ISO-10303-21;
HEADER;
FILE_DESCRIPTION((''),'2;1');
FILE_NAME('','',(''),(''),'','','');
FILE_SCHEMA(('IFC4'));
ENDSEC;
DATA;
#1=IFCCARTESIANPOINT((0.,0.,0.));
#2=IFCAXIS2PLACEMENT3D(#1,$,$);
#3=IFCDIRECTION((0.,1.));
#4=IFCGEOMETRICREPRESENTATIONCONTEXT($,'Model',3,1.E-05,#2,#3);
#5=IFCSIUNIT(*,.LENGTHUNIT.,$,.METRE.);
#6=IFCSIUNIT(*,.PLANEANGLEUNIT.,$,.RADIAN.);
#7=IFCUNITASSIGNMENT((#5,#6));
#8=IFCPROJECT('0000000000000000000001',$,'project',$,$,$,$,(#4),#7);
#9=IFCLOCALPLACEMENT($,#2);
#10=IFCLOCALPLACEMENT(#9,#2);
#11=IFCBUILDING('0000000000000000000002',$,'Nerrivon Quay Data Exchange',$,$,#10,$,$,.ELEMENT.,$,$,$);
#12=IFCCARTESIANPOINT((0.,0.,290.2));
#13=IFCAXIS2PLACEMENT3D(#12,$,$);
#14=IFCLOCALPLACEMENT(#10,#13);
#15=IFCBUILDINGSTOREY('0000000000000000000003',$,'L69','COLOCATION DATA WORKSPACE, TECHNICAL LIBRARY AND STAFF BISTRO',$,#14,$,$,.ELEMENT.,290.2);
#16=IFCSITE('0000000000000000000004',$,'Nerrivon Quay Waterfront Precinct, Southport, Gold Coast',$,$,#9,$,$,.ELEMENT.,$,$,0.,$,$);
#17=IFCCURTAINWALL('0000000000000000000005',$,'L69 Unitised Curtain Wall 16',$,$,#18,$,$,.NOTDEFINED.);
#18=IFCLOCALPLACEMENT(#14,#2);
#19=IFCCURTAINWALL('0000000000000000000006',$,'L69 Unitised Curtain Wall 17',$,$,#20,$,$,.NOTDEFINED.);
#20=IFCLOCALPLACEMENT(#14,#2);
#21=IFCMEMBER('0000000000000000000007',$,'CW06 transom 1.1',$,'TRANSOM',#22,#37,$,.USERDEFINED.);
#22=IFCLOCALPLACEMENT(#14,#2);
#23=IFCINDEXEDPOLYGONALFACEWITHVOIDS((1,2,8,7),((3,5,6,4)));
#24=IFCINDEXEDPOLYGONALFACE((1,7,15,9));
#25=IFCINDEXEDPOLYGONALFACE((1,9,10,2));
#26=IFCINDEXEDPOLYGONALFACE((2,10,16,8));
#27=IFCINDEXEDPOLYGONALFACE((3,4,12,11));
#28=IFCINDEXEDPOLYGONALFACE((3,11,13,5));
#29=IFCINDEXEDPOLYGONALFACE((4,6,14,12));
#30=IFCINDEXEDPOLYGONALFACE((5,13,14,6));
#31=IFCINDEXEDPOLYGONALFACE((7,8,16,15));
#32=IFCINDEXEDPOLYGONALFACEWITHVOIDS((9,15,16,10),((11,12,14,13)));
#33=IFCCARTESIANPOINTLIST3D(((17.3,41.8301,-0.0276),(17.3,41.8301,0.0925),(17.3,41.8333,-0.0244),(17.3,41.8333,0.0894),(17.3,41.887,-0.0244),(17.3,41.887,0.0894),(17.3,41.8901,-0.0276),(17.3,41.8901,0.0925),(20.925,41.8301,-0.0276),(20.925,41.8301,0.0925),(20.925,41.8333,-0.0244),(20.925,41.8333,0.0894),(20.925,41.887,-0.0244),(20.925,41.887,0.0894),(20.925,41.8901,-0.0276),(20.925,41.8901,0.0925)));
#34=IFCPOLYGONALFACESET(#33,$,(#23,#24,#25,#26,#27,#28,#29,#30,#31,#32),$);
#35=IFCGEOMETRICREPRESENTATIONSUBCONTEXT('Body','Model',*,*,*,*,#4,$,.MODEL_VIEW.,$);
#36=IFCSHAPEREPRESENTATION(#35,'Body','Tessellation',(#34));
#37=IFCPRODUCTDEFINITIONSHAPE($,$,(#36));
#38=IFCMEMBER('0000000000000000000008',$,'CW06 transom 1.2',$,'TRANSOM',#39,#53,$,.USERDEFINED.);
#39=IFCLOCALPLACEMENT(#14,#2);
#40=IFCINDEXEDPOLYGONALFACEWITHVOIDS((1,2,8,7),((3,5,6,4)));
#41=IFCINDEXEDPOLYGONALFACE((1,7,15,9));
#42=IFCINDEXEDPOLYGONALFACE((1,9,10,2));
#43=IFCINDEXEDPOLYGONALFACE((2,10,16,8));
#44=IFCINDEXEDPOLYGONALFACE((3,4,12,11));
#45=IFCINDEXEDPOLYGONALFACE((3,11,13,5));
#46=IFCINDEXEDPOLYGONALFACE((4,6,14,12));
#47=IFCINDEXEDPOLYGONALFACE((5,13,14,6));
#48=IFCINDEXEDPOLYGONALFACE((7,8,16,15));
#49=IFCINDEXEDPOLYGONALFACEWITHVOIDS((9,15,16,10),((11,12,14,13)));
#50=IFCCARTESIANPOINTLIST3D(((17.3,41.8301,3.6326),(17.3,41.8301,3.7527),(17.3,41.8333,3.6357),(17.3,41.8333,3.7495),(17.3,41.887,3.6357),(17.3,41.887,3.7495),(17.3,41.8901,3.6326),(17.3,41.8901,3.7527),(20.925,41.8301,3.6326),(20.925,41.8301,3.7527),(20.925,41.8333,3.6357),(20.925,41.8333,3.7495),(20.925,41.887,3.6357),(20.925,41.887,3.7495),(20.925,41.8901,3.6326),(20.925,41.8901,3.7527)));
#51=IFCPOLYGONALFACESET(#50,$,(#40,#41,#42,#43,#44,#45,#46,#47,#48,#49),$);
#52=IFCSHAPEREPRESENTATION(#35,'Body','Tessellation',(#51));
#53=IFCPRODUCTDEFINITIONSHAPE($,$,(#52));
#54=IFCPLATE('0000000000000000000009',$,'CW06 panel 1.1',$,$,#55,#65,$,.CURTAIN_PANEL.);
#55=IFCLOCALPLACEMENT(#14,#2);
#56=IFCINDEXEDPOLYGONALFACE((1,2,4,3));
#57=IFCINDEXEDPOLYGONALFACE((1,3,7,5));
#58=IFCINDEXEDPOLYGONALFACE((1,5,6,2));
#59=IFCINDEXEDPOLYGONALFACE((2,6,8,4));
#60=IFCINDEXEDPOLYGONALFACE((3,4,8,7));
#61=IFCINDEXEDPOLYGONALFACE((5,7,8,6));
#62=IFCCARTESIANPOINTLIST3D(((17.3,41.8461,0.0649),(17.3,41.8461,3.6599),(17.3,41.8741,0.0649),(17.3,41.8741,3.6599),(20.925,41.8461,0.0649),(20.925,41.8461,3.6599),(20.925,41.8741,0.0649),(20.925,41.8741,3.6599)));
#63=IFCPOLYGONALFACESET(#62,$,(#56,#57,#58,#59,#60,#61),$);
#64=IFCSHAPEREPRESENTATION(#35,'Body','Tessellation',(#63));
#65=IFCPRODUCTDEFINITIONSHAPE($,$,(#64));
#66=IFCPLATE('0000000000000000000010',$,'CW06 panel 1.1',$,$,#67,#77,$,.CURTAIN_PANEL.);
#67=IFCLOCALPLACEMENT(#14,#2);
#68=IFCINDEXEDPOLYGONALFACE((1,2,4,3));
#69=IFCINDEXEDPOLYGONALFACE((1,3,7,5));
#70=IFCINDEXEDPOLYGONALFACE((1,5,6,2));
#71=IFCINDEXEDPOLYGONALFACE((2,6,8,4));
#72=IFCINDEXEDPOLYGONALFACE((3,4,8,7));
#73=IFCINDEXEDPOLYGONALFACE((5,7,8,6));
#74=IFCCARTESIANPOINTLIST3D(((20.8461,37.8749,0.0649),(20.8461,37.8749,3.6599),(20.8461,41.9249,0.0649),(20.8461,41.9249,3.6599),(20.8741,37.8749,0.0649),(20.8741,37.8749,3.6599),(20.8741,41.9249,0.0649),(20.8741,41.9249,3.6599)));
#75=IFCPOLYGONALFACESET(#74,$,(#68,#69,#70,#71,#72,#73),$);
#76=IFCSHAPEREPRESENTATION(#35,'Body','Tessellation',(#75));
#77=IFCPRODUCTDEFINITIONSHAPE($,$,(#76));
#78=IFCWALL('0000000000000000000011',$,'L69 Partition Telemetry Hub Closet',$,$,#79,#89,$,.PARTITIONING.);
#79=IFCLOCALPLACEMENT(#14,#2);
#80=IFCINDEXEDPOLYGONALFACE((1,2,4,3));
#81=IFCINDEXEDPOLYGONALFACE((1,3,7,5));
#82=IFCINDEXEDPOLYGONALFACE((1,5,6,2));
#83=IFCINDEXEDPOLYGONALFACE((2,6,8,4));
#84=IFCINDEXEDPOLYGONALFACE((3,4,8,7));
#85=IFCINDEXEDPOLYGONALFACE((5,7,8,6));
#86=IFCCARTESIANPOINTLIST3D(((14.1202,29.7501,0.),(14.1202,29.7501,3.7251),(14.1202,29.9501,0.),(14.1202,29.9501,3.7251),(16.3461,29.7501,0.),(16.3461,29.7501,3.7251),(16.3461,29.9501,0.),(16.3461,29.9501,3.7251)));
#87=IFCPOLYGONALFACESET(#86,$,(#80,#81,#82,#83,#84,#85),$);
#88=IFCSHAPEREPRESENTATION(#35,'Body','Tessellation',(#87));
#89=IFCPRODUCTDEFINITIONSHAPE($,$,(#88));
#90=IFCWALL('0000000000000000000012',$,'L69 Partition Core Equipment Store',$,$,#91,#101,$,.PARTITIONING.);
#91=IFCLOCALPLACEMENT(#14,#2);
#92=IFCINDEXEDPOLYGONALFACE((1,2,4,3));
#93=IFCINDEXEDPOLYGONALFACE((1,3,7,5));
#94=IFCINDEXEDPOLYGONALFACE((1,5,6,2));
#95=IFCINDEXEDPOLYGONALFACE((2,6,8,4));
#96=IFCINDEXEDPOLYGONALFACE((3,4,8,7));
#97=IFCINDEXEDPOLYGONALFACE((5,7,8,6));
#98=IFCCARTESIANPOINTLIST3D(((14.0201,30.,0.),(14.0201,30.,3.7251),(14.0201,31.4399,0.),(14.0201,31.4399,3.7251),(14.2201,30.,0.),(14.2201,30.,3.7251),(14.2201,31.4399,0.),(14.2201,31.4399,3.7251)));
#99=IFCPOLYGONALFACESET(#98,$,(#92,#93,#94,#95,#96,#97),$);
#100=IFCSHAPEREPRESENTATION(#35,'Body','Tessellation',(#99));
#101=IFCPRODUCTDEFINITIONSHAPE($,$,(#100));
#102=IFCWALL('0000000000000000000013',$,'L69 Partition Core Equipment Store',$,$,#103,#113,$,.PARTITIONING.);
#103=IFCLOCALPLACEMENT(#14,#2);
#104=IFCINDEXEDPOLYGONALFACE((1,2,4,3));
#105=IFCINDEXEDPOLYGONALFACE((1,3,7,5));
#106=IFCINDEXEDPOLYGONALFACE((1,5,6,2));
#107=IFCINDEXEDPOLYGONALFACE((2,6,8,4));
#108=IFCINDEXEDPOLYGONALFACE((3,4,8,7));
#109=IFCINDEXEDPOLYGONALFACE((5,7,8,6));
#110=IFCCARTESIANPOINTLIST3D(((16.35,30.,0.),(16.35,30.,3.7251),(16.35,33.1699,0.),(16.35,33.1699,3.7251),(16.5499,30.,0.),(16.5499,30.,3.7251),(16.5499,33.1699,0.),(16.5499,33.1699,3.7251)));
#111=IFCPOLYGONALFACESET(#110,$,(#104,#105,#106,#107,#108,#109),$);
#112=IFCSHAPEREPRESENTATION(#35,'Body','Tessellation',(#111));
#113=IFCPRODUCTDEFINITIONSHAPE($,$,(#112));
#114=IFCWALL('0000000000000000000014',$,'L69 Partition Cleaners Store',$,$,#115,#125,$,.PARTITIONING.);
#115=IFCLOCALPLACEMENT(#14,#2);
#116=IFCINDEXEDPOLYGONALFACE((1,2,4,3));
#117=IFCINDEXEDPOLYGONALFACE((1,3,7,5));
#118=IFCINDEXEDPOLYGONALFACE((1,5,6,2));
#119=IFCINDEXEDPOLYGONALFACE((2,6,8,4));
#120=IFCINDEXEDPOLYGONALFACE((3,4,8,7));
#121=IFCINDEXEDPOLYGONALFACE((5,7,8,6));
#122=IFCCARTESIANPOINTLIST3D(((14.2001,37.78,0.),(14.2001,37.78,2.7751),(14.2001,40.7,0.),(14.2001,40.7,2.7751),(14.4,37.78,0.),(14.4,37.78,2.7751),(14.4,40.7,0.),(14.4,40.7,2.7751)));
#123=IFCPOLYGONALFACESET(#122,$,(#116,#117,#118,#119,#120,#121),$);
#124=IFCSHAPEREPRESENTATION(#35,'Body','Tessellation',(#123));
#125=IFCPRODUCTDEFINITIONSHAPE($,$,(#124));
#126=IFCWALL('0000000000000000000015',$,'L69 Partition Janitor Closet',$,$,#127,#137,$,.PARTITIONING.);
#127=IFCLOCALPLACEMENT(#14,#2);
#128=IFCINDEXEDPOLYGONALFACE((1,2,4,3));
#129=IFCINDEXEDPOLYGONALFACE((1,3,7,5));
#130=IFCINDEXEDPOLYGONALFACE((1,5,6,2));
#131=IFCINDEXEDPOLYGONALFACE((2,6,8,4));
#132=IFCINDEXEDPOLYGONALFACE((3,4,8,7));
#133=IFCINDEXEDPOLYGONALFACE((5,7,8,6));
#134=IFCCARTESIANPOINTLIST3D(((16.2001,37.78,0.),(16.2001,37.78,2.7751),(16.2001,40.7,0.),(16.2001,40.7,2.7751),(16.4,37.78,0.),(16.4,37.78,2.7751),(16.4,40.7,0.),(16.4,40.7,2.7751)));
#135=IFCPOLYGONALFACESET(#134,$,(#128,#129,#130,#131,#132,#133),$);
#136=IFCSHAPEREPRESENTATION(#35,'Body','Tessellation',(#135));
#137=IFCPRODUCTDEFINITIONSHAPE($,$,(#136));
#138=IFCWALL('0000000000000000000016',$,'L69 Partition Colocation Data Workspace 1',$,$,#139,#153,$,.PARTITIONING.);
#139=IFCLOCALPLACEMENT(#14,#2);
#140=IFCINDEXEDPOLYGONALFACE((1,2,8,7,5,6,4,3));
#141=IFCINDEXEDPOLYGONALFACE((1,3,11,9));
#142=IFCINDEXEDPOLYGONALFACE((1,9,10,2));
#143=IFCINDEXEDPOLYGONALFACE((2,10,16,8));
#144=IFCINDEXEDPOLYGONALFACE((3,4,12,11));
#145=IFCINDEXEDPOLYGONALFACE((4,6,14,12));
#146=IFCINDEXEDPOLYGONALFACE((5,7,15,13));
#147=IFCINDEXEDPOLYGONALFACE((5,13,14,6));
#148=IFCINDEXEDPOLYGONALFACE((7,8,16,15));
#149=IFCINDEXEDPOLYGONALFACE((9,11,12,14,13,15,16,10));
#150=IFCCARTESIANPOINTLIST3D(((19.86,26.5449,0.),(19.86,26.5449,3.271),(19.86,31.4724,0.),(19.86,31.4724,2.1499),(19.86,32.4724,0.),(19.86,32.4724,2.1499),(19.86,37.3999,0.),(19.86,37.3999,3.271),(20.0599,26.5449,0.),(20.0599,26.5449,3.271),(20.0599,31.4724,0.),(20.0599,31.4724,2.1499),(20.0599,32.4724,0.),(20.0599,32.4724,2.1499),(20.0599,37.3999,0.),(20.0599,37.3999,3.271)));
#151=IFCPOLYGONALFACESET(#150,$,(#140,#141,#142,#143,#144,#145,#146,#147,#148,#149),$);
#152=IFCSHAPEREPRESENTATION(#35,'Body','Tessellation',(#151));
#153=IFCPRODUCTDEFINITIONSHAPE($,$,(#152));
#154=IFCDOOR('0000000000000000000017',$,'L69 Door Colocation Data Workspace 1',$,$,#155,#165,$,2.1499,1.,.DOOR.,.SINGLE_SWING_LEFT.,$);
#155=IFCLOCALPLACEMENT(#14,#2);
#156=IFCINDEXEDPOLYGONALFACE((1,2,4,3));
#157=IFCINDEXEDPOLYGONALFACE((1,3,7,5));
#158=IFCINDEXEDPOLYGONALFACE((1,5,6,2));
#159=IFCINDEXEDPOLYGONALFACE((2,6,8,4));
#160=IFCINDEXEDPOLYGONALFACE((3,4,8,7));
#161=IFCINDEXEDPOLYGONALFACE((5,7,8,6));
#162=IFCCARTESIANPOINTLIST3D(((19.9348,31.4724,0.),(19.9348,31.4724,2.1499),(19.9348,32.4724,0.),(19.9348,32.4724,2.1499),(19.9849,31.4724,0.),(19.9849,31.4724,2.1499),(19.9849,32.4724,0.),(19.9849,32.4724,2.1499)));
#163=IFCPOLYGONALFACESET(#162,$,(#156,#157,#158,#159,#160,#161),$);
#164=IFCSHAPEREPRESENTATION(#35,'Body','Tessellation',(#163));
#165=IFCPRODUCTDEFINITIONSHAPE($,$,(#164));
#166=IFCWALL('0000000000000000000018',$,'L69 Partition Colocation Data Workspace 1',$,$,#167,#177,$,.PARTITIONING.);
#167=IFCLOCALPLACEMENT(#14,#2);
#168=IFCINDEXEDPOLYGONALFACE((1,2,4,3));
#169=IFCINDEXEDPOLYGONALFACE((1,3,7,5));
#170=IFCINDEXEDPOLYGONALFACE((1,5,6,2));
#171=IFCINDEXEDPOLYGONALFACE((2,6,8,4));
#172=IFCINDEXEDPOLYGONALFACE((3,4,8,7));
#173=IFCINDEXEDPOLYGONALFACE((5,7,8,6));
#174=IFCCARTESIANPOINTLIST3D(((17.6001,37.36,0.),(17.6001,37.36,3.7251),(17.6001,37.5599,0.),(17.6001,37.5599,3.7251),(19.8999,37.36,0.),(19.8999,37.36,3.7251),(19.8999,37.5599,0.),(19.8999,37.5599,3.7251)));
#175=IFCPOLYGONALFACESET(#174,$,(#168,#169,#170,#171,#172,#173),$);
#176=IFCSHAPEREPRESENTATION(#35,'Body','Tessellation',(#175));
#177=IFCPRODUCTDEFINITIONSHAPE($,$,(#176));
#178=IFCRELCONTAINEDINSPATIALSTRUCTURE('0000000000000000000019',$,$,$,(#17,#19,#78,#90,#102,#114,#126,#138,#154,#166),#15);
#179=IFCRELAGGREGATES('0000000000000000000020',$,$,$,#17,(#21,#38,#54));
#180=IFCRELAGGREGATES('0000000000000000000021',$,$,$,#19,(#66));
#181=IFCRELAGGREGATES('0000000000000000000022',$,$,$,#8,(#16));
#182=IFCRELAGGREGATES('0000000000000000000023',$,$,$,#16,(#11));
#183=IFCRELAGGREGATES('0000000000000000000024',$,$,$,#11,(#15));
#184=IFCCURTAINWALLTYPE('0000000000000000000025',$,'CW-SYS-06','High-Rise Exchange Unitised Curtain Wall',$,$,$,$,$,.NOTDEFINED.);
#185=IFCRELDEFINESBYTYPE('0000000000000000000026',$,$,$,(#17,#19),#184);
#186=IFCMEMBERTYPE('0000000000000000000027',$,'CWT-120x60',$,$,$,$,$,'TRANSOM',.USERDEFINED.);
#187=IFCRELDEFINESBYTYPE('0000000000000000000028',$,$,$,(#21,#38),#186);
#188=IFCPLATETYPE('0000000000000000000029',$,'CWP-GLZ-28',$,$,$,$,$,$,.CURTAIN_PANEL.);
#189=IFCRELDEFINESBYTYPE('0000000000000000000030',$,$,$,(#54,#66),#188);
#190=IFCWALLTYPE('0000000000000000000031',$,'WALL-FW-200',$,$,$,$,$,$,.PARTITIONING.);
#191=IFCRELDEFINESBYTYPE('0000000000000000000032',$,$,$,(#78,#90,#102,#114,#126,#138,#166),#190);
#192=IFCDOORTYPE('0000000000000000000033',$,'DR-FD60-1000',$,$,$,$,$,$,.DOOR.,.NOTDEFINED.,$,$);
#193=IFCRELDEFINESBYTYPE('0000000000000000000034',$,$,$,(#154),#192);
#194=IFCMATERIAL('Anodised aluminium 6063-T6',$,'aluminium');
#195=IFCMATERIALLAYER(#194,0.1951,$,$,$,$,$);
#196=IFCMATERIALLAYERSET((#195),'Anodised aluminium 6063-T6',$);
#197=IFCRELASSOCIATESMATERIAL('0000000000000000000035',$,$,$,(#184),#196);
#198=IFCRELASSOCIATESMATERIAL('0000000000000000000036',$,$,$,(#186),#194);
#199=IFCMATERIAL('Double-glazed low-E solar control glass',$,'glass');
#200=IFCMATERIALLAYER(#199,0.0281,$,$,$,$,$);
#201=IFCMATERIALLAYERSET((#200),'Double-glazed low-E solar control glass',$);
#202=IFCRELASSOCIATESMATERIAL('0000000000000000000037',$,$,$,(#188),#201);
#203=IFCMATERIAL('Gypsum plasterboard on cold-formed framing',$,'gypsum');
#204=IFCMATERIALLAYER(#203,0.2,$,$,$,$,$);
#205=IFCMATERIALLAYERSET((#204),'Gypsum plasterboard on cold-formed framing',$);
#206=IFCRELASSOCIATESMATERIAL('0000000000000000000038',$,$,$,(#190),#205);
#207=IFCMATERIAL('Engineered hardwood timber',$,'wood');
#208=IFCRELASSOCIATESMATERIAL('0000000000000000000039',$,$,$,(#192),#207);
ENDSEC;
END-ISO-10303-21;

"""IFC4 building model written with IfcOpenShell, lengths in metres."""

from ifc_helpers import new_model, si_unit, direction, frame, frame_2d, origin, origin_2d, place, context, subcontext, project, spatial, rectangle, hollow_rectangle, extrude, material, layer, layer_set, material_profile, profile_set, type_object, element, fill, aggregate, save


model = new_model("IFC4")

# Units and contexts
model_context = context("Model", 3, precision=1e-05, world=origin(), true_north=direction((0.0, 1.0)))
body_context = subcontext(model_context, "Body", "Model", "MODEL_VIEW")
ifc_project = project(units=[si_unit("LENGTHUNIT", "METRE"), si_unit("PLANEANGLEUNIT", "RADIAN")], contexts=[model_context])

# Site, building, storey
site_placement = place(None, origin())
site = spatial("IfcSite", under=ifc_project, at=site_placement, Name="Nerrivon Quay Waterfront Precinct, Southport, Gold Coast", CompositionType="ELEMENT", RefElevation=0.0)
building_placement = place(site_placement, origin())
building = spatial("IfcBuilding", under=site, at=building_placement, Name="Nerrivon Quay Data Exchange", CompositionType="ELEMENT")
storey_placement = place(building_placement, frame((0.0, 0.0, 290.2)))
storey = spatial("IfcBuildingStorey", under=building, at=storey_placement, Name="L69", Description="COLOCATION DATA WORKSPACE, TECHNICAL LIBRARY AND STAFF BISTRO", CompositionType="ELEMENT", Elevation=290.2)

# Curtain walls
ifc_material_1 = material(Name="Anodised aluminium 6063-T6", Category="aluminium")
ifc_layer_1 = layer(ifc_material_1, 0.1951)
ifc_layer_set_1 = layer_set([ifc_layer_1], Name="Anodised aluminium 6063-T6")
curtain_wall_type = type_object("IfcCurtainWallType", Name="CW-SYS-06", Description="High-Rise Exchange Unitised Curtain Wall", PredefinedType="NOTDEFINED", material=ifc_layer_set_1)
curtain_wall_1_placement = place(storey_placement, origin())
curtain_wall_1 = element("IfcCurtainWall", 1, at=curtain_wall_1_placement, inside=storey, type_object=curtain_wall_type, Name="L69 Unitised Curtain Wall 16", PredefinedType="NOTDEFINED")
curtain_wall_2_placement = place(storey_placement, origin())
curtain_wall_2 = element("IfcCurtainWall", 2, at=curtain_wall_2_placement, inside=storey, type_object=curtain_wall_type, Name="L69 Unitised Curtain Wall 17", PredefinedType="NOTDEFINED")

# Members
ifc_material_profile_1 = material_profile(ifc_material_1, hollow_rectangle(XDim=0.0601, YDim=0.1201, WallThickness=0.0032, at=origin_2d()), Name="ALU-TRAN-120x60")
ifc_profile_set_1 = profile_set([ifc_material_profile_1], Name="Anodised aluminium 6063-T6")
member_type_1 = type_object("IfcMemberType", Name="CWT-120x60", ElementType="TRANSOM", PredefinedType="USERDEFINED", material=ifc_profile_set_1)
member_1_placement = place(storey_placement, frame((17.3, 41.8601, 0.0325), z_axis=(1.0, 0.0, 0.0), x_axis=(0.0, 1.0, 0.0)))
member_1 = element("IfcMember", 3, at=member_1_placement, type_object=member_type_1, Name="CW06 transom 1.1", ObjectType="TRANSOM", PredefinedType="USERDEFINED", context=body_context, shape_type="SweptSolid", body=[
    extrude(hollow_rectangle(XDim=0.0601, YDim=0.1201, WallThickness=0.0032, at=origin_2d()), origin(), (0.0, 0.0, 1.0), 3.625),
])
member_2_placement = place(storey_placement, frame((17.3, 41.8601, 3.6926), z_axis=(1.0, 0.0, 0.0), x_axis=(0.0, 1.0, 0.0)))
member_2 = element("IfcMember", 4, at=member_2_placement, type_object=member_type_1, Name="CW06 transom 1.2", ObjectType="TRANSOM", PredefinedType="USERDEFINED", context=body_context, shape_type="SweptSolid", body=[
    extrude(hollow_rectangle(XDim=0.0601, YDim=0.1201, WallThickness=0.0032, at=origin_2d()), origin(), (0.0, 0.0, 1.0), 3.625),
])

# Plates
ifc_material_2 = material(Name="Double-glazed low-E solar control glass", Category="glass")
ifc_layer_2 = layer(ifc_material_2, 0.0281)
ifc_layer_set_2 = layer_set([ifc_layer_2], Name="Double-glazed low-E solar control glass")
plate_type = type_object("IfcPlateType", Name="CWP-GLZ-28", PredefinedType="CURTAIN_PANEL", material=ifc_layer_set_2)
plate_1_placement = place(storey_placement, frame((19.1125, 41.8601, 0.0649), z_axis=(0.0, 0.0, 1.0), x_axis=(1.0, 0.0, 0.0)))
plate_1 = element("IfcPlate", 5, at=plate_1_placement, type_object=plate_type, Name="CW06 panel 1.1", PredefinedType="CURTAIN_PANEL", context=body_context, shape_type="SweptSolid", body=[
    extrude(rectangle(XDim=3.625, YDim=0.0281, at=origin_2d()), origin(), (0.0, 0.0, 1.0), 3.595),
])
aggregate(curtain_wall_1, [member_1, member_2, plate_1])
plate_2_placement = place(storey_placement, frame((20.8601, 39.8999, 0.0649), z_axis=(0.0, 0.0, 1.0), x_axis=(0.0, -1.0, 0.0)))
plate_2 = element("IfcPlate", 6, at=plate_2_placement, type_object=plate_type, Name="CW06 panel 1.1", PredefinedType="CURTAIN_PANEL", context=body_context, shape_type="SweptSolid", body=[
    extrude(rectangle(XDim=4.05, YDim=0.0281, at=origin_2d()), origin(), (0.0, 0.0, 1.0), 3.595),
])
aggregate(curtain_wall_2, [plate_2])

# Wall
ifc_material_3 = material(Name="Gypsum plasterboard on cold-formed framing", Category="gypsum")
ifc_layer_3 = layer(ifc_material_3, 0.2)
ifc_layer_set_3 = layer_set([ifc_layer_3], Name="Gypsum plasterboard on cold-formed framing")
wall_type_1 = type_object("IfcWallType", Name="WALL-FW-200", PredefinedType="PARTITIONING", material=ifc_layer_set_3)
wall_1_placement = place(storey_placement, frame((16.3459, 29.8501, 0.0), z_axis=(0.0, 0.0, 1.0), x_axis=(-1.0, 0.0, 0.0)))
element("IfcWall", 7, at=wall_1_placement, inside=storey, type_object=wall_type_1, Name="L69 Partition Telemetry Hub Closet", PredefinedType="PARTITIONING", context=body_context, shape_type="SweptSolid", body=[
    extrude(rectangle(XDim=2.2258, YDim=0.2, at=frame_2d((1.1128, 0.0))), origin(), (0.0, 0.0, 1.0), 3.7251),
])

# Shared definitions
ifc_material_4 = material(Name="Engineered hardwood timber", Category="wood")

# Walls
wall_2_placement = place(storey_placement, frame((14.1201, 31.4399, 0.0), z_axis=(0.0, 0.0, 1.0), x_axis=(0.0, -1.0, 0.0)))
element("IfcWall", 8, at=wall_2_placement, inside=storey, type_object=wall_type_1, Name="L69 Partition Core Equipment Store", PredefinedType="PARTITIONING", context=body_context, shape_type="SweptSolid", body=[
    extrude(rectangle(XDim=1.4399, YDim=0.2, at=frame_2d((0.72, 0.0))), origin(), (0.0, 0.0, 1.0), 3.7251),
])
wall_3_placement = place(storey_placement, frame((16.45, 30.0, 0.0), z_axis=(0.0, 0.0, 1.0), x_axis=(0.0, 1.0, 0.0)))
element("IfcWall", 9, at=wall_3_placement, inside=storey, type_object=wall_type_1, Name="L69 Partition Core Equipment Store", PredefinedType="PARTITIONING", context=body_context, shape_type="SweptSolid", body=[
    extrude(rectangle(XDim=3.1699, YDim=0.2, at=frame_2d((1.585, 0.0))), origin(), (0.0, 0.0, 1.0), 3.7251),
])
for number, where, z_axis, x_axis, name in (
    (10, (14.3, 37.78, 0.0), (0.0, 0.0, 1.0), (0.0, 1.0, 0.0), "L69 Partition Cleaners Store"),
    (11, (16.3, 37.78, 0.0), (0.0, 0.0, 1.0), (0.0, 1.0, 0.0), "L69 Partition Janitor Closet"),
):
    element("IfcWall", number, at=place(storey_placement, frame(where, z_axis=z_axis, x_axis=x_axis)), inside=storey, type_object=wall_type_1, Name=name, PredefinedType="PARTITIONING", context=body_context, shape_type="SweptSolid", body=[
        extrude(rectangle(XDim=2.9199, YDim=0.2, at=frame_2d((1.46, 0.0))), origin(), (0.0, 0.0, 1.0), 2.7751),
    ])

# Wall, opening, door
wall_4_placement = place(storey_placement, frame((19.96, 37.3999, 0.0), z_axis=(0.0, 0.0, 1.0), x_axis=(0.0, -1.0, 0.0)))
wall_4 = element("IfcWall", 12, at=wall_4_placement, inside=storey, type_object=wall_type_1, Name="L69 Partition Colocation Data Workspace 1", PredefinedType="PARTITIONING", context=body_context, shape_type="SweptSolid", body=[
    extrude(rectangle(XDim=10.855, YDim=0.2, at=frame_2d((5.4275, 0.0))), origin(), (0.0, 0.0, 1.0), 3.271),
])
opening_1_placement = place(wall_4_placement, frame((4.9275, 0.0, 0.0)))
opening_1 = element("IfcOpeningElement", 13, at=opening_1_placement, cuts=wall_4, PredefinedType="OPENING", context=body_context, shape_type="SweptSolid", body=[
    extrude(rectangle(XDim=1.0, YDim=2.1499, at=frame_2d((0.5, 1.075))), frame((0.0, 0.1099, 0.0), z_axis=(0.0, -1.0, 0.0), x_axis=(1.0, 0.0, 0.0)), (0.0, 0.0, 1.0), 0.22),
])
door_type_1 = type_object("IfcDoorType", Name="DR-FD60-1000", OperationType="NOTDEFINED", PredefinedType="DOOR", material=ifc_material_4)
door_1_placement = place(opening_1_placement, origin())
door_1 = element("IfcDoor", 14, at=door_1_placement, inside=storey, type_object=door_type_1, Name="L69 Door Colocation Data Workspace 1", OperationType="SINGLE_SWING_LEFT", OverallHeight=2.1499, OverallWidth=1.0, PredefinedType="DOOR", context=body_context, shape_type="SweptSolid", body=[
    extrude(rectangle(XDim=1.0, YDim=2.1499, at=frame_2d((0.5, 1.075))), frame((0.0, 0.0249, 0.0), z_axis=(0.0, -1.0, 0.0), x_axis=(1.0, 0.0, 0.0)), (0.0, 0.0, 1.0), 0.05),
])
fill(opening_1, door_1)

# Wall
wall_5_placement = place(storey_placement, frame((17.6001, 37.46, 0.0), z_axis=(0.0, 0.0, 1.0), x_axis=(1.0, 0.0, 0.0)))
element("IfcWall", 15, at=wall_5_placement, inside=storey, type_object=wall_type_1, Name="L69 Partition Colocation Data Workspace 1", PredefinedType="PARTITIONING", context=body_context, shape_type="SweptSolid", body=[
    extrude(rectangle(XDim=2.2998, YDim=0.2, at=frame_2d((1.1499, 0.0))), origin(), (0.0, 0.0, 1.0), 3.7251),
])

save(model, "model.ifc")
